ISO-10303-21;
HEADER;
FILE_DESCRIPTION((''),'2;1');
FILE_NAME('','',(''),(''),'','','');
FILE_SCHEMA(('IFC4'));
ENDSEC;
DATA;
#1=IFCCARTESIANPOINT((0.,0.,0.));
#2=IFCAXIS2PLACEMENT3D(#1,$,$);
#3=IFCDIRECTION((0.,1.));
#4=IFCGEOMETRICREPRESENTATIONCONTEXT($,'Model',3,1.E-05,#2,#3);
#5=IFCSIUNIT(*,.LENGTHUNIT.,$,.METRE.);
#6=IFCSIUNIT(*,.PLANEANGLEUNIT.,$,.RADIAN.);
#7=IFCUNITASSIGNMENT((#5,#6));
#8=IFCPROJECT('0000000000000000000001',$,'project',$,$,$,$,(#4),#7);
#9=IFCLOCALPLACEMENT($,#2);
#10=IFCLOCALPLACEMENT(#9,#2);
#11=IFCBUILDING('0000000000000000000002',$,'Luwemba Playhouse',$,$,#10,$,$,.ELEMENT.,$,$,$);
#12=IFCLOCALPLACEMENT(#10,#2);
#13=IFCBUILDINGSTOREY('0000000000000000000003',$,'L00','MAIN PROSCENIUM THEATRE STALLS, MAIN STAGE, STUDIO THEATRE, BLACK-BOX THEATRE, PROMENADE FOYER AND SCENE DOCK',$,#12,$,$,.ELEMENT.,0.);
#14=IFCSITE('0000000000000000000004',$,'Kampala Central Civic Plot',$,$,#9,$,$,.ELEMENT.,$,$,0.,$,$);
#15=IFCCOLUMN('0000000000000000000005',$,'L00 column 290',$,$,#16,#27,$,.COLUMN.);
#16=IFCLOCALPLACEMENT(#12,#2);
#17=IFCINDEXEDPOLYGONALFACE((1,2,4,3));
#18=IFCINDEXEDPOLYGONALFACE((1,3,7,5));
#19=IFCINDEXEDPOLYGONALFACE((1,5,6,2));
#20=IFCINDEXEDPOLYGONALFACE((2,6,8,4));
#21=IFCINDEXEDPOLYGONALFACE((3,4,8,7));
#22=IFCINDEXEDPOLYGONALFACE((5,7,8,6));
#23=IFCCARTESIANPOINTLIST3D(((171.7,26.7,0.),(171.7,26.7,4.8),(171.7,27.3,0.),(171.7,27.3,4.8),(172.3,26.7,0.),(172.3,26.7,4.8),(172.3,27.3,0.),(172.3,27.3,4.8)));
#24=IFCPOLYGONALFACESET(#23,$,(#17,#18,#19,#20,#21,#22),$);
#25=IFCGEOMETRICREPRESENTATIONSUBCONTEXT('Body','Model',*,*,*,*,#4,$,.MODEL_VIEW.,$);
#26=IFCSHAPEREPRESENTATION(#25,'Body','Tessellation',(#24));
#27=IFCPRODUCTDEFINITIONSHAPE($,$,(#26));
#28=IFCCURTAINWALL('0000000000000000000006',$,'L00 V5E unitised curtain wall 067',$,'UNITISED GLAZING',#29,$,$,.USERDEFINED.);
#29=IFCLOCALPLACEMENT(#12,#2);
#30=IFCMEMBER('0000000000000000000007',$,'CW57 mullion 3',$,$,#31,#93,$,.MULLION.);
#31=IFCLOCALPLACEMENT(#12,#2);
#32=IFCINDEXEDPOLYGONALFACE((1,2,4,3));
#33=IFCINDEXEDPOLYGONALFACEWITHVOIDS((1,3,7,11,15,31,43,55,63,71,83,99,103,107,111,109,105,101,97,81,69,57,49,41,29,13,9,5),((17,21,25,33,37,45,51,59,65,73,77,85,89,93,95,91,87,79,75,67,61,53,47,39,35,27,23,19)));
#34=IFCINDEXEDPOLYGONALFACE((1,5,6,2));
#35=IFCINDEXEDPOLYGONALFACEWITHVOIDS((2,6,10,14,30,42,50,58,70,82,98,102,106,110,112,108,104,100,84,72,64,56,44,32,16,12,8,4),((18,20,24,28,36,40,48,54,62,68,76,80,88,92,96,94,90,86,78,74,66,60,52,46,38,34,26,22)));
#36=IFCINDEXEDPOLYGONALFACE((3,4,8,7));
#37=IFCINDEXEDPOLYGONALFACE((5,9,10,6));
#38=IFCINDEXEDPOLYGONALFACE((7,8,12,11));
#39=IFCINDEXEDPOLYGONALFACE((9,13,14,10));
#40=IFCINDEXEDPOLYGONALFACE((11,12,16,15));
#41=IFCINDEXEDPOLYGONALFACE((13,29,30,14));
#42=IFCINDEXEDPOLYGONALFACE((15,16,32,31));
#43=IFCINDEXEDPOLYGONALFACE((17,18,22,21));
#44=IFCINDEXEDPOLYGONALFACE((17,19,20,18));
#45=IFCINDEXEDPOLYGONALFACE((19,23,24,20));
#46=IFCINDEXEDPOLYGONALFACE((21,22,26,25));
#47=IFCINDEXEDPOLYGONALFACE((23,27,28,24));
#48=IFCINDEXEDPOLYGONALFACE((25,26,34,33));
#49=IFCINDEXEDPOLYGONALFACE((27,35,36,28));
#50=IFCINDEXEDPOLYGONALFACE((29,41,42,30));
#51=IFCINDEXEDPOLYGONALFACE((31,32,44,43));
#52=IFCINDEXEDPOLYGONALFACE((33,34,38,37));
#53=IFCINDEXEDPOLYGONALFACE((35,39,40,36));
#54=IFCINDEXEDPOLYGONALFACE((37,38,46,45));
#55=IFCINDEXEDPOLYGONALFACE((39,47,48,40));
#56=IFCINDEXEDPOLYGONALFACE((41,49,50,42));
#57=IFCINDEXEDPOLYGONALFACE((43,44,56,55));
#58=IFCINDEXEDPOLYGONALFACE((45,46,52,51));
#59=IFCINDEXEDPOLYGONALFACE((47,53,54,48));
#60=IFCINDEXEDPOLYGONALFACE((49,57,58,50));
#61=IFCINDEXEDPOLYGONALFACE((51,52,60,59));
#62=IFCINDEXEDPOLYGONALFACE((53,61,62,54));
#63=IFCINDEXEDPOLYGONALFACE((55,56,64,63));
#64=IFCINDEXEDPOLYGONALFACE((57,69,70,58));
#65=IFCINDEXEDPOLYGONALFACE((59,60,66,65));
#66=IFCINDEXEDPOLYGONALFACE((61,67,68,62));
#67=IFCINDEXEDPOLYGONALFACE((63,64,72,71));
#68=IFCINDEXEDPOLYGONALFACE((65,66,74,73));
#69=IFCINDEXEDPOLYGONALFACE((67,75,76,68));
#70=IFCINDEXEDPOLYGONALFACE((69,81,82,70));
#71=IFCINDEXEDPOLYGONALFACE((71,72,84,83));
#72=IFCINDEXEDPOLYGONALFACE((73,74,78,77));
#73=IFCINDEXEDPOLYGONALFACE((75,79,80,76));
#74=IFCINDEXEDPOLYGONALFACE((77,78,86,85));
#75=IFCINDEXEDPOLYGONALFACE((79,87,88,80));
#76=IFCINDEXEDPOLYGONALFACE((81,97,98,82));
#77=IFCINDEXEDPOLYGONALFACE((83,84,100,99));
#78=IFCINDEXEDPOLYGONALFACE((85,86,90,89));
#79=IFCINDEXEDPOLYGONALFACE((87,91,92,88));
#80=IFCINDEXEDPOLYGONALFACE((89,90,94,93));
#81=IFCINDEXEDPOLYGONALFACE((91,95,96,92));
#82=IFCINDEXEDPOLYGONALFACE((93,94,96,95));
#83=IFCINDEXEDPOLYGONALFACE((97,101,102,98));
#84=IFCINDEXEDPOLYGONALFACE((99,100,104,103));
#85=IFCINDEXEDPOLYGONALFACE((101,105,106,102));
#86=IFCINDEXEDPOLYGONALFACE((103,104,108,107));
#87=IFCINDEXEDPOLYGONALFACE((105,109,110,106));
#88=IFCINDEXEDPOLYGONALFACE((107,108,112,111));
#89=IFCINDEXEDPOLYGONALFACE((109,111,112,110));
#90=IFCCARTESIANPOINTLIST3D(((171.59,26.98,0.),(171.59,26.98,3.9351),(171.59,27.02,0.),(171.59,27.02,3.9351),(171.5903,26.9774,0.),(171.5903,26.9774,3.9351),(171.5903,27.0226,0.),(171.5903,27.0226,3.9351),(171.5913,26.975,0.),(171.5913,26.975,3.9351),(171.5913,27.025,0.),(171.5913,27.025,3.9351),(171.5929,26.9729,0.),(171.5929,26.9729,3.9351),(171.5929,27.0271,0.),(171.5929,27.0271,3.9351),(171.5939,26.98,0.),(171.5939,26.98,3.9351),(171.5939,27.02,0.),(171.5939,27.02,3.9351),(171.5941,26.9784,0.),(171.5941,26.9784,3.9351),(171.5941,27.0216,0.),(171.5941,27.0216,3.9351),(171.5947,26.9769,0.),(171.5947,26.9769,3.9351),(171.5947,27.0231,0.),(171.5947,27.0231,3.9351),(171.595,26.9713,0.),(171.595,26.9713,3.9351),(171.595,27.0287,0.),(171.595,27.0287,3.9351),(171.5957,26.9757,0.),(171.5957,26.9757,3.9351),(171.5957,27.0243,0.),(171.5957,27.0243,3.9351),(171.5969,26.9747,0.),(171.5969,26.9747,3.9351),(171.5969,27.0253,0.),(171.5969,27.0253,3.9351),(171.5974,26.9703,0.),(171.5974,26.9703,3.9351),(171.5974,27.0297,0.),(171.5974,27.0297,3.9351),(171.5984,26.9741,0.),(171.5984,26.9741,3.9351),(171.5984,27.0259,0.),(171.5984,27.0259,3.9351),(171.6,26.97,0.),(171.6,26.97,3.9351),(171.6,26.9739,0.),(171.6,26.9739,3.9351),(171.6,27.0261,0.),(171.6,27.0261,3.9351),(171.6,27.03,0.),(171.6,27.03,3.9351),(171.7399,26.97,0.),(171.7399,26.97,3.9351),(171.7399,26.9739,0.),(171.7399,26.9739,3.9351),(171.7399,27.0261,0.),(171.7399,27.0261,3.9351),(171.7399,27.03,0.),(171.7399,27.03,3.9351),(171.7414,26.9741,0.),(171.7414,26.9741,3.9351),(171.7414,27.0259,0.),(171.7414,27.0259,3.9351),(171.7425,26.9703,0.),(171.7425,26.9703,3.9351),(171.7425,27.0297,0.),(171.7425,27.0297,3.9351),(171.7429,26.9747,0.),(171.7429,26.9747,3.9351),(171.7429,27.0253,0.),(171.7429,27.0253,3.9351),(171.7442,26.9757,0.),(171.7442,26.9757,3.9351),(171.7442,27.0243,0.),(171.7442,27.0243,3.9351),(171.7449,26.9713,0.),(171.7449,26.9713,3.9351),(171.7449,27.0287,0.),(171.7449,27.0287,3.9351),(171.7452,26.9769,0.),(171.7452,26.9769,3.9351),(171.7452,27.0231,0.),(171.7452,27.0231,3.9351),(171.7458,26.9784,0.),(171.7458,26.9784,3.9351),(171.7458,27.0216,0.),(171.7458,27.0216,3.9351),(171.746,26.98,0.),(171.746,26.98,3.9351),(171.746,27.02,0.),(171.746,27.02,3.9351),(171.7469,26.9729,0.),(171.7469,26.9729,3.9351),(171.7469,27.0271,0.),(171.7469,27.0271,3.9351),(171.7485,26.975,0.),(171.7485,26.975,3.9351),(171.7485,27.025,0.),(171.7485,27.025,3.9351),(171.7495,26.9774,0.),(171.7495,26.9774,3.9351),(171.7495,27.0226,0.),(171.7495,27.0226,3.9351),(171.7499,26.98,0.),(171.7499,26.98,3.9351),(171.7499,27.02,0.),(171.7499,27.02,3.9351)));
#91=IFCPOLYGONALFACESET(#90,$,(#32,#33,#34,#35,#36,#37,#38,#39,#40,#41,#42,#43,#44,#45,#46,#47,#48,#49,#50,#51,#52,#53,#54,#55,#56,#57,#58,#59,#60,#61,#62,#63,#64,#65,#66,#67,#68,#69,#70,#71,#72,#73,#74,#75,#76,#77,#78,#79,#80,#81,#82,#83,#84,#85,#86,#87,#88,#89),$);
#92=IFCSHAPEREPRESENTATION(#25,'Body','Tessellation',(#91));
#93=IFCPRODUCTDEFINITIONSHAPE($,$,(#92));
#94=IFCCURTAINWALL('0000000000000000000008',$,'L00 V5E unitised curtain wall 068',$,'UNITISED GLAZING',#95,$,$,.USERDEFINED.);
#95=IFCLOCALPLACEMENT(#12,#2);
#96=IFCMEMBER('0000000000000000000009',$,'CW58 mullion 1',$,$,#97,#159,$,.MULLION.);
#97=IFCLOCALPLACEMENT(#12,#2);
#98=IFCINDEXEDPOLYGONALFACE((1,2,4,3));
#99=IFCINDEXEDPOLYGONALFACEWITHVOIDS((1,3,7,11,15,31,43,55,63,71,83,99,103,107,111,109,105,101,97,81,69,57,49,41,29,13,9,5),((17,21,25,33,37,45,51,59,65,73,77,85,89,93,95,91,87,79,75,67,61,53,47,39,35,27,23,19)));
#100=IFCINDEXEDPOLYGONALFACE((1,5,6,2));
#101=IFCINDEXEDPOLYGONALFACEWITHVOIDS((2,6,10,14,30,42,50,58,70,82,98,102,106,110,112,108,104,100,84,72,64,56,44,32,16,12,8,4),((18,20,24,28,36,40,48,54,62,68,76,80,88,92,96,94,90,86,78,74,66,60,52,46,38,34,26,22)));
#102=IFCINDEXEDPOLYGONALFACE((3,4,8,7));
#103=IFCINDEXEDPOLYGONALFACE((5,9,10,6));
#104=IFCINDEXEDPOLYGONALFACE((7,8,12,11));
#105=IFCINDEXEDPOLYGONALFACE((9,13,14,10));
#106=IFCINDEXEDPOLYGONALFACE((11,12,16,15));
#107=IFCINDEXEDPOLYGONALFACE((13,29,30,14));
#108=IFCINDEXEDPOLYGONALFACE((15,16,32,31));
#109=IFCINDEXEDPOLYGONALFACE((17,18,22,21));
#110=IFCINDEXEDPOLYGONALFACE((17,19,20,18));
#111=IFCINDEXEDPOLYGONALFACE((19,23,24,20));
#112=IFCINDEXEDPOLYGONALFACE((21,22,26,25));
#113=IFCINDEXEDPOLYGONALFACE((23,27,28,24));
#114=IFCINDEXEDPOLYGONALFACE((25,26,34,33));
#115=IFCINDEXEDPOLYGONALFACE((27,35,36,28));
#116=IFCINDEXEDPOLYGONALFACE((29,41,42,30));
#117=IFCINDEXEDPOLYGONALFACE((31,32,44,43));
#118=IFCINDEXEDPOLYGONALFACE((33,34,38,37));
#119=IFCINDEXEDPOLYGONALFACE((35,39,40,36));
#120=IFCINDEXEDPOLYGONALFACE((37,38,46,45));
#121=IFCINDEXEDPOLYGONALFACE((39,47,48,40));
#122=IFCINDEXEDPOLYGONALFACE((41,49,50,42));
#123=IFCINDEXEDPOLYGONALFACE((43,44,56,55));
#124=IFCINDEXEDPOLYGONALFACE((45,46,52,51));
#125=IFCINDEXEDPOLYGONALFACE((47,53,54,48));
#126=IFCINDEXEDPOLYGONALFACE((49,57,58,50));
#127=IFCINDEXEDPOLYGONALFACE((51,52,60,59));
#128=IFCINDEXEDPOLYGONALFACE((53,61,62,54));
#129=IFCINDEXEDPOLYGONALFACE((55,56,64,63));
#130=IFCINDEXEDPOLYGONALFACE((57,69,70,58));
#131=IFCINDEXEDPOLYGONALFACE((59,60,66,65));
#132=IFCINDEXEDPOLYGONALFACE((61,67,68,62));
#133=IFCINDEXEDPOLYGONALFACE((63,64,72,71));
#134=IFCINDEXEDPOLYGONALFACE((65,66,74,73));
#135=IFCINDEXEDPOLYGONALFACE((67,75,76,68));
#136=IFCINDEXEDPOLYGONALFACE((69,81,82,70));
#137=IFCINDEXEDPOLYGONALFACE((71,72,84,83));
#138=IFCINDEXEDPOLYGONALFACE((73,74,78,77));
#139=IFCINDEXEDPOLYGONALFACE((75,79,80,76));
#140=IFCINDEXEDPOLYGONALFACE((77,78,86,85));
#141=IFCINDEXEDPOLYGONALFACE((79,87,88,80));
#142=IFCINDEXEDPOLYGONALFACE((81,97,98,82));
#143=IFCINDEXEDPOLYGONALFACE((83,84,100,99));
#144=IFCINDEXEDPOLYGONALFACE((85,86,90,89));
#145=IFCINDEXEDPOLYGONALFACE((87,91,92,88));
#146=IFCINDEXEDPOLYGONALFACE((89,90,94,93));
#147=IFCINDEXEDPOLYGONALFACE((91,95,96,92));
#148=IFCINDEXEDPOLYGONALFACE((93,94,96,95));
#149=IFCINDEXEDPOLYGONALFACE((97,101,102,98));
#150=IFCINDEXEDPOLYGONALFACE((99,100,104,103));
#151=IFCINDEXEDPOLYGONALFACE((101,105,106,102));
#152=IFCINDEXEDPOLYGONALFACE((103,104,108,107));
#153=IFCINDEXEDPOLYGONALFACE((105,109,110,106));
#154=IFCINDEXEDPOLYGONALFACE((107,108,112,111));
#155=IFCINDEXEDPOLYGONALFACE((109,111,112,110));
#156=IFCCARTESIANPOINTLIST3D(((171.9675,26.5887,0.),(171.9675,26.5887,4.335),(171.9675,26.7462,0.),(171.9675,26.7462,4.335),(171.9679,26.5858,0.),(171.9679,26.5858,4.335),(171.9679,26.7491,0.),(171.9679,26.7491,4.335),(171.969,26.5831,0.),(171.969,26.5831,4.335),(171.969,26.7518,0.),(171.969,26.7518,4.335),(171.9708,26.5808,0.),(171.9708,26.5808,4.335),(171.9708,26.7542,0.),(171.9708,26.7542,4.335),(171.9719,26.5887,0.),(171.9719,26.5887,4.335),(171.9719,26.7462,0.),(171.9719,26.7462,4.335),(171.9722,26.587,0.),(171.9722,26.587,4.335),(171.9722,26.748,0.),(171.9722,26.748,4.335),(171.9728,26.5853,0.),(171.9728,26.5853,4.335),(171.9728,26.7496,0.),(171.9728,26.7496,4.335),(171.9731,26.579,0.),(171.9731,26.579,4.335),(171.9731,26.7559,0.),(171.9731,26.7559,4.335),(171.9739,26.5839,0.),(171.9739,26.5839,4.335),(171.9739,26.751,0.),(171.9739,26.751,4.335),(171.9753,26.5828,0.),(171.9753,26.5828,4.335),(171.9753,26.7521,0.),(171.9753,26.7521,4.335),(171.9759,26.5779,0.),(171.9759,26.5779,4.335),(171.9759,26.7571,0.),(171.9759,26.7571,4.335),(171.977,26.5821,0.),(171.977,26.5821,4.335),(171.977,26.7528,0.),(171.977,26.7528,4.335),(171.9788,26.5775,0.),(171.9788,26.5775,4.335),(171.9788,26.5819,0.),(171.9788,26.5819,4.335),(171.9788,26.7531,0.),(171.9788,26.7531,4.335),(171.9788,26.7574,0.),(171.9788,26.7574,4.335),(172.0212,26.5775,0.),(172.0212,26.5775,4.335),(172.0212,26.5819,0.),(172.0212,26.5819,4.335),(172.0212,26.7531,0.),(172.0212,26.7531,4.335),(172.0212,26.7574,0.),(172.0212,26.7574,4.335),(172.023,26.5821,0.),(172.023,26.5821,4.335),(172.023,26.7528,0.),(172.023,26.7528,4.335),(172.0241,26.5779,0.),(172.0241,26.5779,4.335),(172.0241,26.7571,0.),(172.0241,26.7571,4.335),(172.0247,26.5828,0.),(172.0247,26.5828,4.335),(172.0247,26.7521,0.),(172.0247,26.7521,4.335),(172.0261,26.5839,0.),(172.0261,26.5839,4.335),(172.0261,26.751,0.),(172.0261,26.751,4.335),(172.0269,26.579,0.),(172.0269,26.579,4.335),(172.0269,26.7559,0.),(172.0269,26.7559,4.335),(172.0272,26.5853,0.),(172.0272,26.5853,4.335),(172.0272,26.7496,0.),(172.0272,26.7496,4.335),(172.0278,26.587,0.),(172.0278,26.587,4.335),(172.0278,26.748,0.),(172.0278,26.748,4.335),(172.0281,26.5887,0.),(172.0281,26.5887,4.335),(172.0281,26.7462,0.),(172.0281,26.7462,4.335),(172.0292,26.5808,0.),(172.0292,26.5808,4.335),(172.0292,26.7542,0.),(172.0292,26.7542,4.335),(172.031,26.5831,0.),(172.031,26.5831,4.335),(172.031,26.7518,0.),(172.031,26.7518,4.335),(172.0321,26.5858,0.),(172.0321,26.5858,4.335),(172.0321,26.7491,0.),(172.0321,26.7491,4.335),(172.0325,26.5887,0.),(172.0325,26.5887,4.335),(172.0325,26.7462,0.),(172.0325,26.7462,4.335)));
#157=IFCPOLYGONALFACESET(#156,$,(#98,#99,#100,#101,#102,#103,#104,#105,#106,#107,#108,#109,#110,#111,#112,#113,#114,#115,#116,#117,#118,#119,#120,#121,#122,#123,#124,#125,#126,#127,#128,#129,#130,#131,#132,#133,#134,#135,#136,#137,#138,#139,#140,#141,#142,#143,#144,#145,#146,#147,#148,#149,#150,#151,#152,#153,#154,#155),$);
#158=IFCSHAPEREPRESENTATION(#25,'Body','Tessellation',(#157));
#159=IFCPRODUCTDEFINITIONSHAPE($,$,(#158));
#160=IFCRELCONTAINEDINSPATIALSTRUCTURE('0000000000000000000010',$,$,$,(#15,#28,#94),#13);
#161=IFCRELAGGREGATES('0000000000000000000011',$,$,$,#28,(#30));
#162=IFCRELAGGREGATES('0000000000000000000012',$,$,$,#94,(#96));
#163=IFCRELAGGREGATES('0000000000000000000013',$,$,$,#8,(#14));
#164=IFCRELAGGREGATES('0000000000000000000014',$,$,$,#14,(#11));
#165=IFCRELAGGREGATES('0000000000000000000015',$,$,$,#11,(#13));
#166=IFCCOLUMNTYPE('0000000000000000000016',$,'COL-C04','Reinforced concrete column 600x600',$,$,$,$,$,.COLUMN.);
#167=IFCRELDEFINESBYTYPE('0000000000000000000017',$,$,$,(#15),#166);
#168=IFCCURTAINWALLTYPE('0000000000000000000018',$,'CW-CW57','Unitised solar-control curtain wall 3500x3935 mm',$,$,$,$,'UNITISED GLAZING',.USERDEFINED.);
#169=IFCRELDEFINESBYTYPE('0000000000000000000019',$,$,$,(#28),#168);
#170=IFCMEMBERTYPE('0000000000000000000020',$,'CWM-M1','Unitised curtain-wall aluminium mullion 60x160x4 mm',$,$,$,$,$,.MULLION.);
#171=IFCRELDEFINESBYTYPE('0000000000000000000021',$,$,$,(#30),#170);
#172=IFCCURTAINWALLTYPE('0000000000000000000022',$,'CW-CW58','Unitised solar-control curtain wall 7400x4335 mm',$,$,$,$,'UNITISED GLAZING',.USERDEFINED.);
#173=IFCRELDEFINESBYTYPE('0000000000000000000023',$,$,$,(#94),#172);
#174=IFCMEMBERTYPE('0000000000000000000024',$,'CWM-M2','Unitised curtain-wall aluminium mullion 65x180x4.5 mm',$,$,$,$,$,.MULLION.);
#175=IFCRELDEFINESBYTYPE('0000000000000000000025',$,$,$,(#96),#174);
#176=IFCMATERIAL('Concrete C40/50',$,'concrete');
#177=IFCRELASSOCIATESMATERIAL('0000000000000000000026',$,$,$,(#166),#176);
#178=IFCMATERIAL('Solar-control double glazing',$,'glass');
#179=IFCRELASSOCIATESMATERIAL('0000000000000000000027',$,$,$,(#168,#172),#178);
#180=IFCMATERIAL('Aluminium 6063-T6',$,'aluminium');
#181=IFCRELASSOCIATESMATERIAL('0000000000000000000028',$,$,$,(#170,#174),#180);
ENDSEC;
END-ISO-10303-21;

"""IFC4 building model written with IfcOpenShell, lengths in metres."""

from ifc_helpers import new_model, si_unit, direction, frame, origin, origin_2d, place, context, subcontext, project, spatial, rectangle, hollow_rectangle, extrude, material, material_profile, profile_set, type_object, element, aggregate, save


model = new_model("IFC4")

# Units and contexts
model_context = context("Model", 3, precision=1e-05, world=origin(), true_north=direction((0.0, 1.0)))
body_context = subcontext(model_context, "Body", "Model", "MODEL_VIEW")
ifc_project = project(units=[si_unit("LENGTHUNIT", "METRE"), si_unit("PLANEANGLEUNIT", "RADIAN")], contexts=[model_context])

# Site, building, storey
site_placement = place(None, origin())
site = spatial("IfcSite", under=ifc_project, at=site_placement, Name="Kampala Central Civic Plot", CompositionType="ELEMENT", RefElevation=0.0)
building_placement = place(site_placement, origin())
building = spatial("IfcBuilding", under=site, at=building_placement, Name="Luwemba Playhouse", CompositionType="ELEMENT")
storey_placement = place(building_placement, origin())
storey = spatial("IfcBuildingStorey", under=building, at=storey_placement, Name="L00", Description="MAIN PROSCENIUM THEATRE STALLS, MAIN STAGE, STUDIO THEATRE, BLACK-BOX THEATRE, PROMENADE FOYER AND SCENE DOCK", CompositionType="ELEMENT", Elevation=0.0)

# Column
ifc_material_1 = material(Name="Concrete C40/50", Category="concrete")
ifc_material_profile_1 = material_profile(ifc_material_1, rectangle(XDim=0.6001, YDim=0.6001, at=origin_2d()))
ifc_profile_set_1 = profile_set([ifc_material_profile_1], Name="Concrete C40/50")
column_type = type_object("IfcColumnType", Name="COL-C04", Description="Reinforced concrete column 600x600", PredefinedType="COLUMN", material=ifc_profile_set_1)
column_placement = place(storey_placement, frame((172.0, 27.0, 0.0), z_axis=(0.0, 0.0, 1.0), x_axis=(1.0, 0.0, 0.0)))
element("IfcColumn", 1, at=column_placement, inside=storey, type_object=column_type, Name="L00 column 290", PredefinedType="COLUMN", context=body_context, shape_type="SweptSolid", body=[
    extrude(rectangle(XDim=0.6001, YDim=0.6001, at=origin_2d()), origin(), (0.0, 0.0, 1.0), 4.8),
])

# Curtain wall, member
ifc_material_2 = material(Name="Solar-control double glazing", Category="glass")
curtain_wall_type_1 = type_object("IfcCurtainWallType", Name="CW-CW57", Description="Unitised solar-control curtain wall 3500x3935 mm", ElementType="UNITISED GLAZING", PredefinedType="USERDEFINED", material=ifc_material_2)
curtain_wall_1_placement = place(storey_placement, origin())
curtain_wall_1 = element("IfcCurtainWall", 2, at=curtain_wall_1_placement, inside=storey, type_object=curtain_wall_type_1, Name="L00 V5E unitised curtain wall 067", ObjectType="UNITISED GLAZING", PredefinedType="USERDEFINED")
ifc_material_3 = material(Name="Aluminium 6063-T6", Category="aluminium")
ifc_material_profile_2 = material_profile(ifc_material_3, hollow_rectangle(XDim=0.0601, YDim=0.1599, WallThickness=0.0039, InnerFilletRadius=0.0061, OuterFilletRadius=0.01, at=origin_2d()))
ifc_profile_set_2 = profile_set([ifc_material_profile_2], Name="Aluminium 6063-T6")
member_type_1 = type_object("IfcMemberType", Name="CWM-M1", Description="Unitised curtain-wall aluminium mullion 60x160x4 mm", PredefinedType="MULLION", material=ifc_profile_set_2)
member_1_placement = place(storey_placement, frame((171.6699, 27.0, 0.0), z_axis=(0.0, 0.0, 1.0), x_axis=(0.0, 1.0, 0.0)))
member_1 = element("IfcMember", 3, at=member_1_placement, type_object=member_type_1, Name="CW57 mullion 3", PredefinedType="MULLION", context=body_context, shape_type="SweptSolid", body=[
    extrude(hollow_rectangle(XDim=0.0601, YDim=0.1599, WallThickness=0.0039, InnerFilletRadius=0.0061, OuterFilletRadius=0.01, at=origin_2d()), origin(), (0.0, 0.0, 1.0), 3.9351),
])

# Curtain wall, member
curtain_wall_type_2 = type_object("IfcCurtainWallType", Name="CW-CW58", Description="Unitised solar-control curtain wall 7400x4335 mm", ElementType="UNITISED GLAZING", PredefinedType="USERDEFINED", material=ifc_material_2)
curtain_wall_2_placement = place(storey_placement, origin())
curtain_wall_2 = element("IfcCurtainWall", 4, at=curtain_wall_2_placement, inside=storey, type_object=curtain_wall_type_2, Name="L00 V5E unitised curtain wall 068", ObjectType="UNITISED GLAZING", PredefinedType="USERDEFINED")
ifc_material_profile_3 = material_profile(ifc_material_3, hollow_rectangle(XDim=0.0649, YDim=0.1799, WallThickness=0.0044, InnerFilletRadius=0.0068, OuterFilletRadius=0.0112, at=origin_2d()))
ifc_profile_set_3 = profile_set([ifc_material_profile_3], Name="Aluminium 6063-T6")
member_type_2 = type_object("IfcMemberType", Name="CWM-M2", Description="Unitised curtain-wall aluminium mullion 65x180x4.5 mm", PredefinedType="MULLION", material=ifc_profile_set_3)
member_2_placement = place(storey_placement, frame((172.0, 26.6675, 0.0), z_axis=(0.0, 0.0, 1.0), x_axis=(1.0, 0.0, 0.0)))
member_2 = element("IfcMember", 5, at=member_2_placement, type_object=member_type_2, Name="CW58 mullion 1", PredefinedType="MULLION", context=body_context, shape_type="SweptSolid", body=[
    extrude(hollow_rectangle(XDim=0.0649, YDim=0.1799, WallThickness=0.0044, InnerFilletRadius=0.0068, OuterFilletRadius=0.0112, at=origin_2d()), origin(), (0.0, 0.0, 1.0), 4.335),
])

aggregate(curtain_wall_1, [member_1])
aggregate(curtain_wall_2, [member_2])

save(model, "model.ifc")
